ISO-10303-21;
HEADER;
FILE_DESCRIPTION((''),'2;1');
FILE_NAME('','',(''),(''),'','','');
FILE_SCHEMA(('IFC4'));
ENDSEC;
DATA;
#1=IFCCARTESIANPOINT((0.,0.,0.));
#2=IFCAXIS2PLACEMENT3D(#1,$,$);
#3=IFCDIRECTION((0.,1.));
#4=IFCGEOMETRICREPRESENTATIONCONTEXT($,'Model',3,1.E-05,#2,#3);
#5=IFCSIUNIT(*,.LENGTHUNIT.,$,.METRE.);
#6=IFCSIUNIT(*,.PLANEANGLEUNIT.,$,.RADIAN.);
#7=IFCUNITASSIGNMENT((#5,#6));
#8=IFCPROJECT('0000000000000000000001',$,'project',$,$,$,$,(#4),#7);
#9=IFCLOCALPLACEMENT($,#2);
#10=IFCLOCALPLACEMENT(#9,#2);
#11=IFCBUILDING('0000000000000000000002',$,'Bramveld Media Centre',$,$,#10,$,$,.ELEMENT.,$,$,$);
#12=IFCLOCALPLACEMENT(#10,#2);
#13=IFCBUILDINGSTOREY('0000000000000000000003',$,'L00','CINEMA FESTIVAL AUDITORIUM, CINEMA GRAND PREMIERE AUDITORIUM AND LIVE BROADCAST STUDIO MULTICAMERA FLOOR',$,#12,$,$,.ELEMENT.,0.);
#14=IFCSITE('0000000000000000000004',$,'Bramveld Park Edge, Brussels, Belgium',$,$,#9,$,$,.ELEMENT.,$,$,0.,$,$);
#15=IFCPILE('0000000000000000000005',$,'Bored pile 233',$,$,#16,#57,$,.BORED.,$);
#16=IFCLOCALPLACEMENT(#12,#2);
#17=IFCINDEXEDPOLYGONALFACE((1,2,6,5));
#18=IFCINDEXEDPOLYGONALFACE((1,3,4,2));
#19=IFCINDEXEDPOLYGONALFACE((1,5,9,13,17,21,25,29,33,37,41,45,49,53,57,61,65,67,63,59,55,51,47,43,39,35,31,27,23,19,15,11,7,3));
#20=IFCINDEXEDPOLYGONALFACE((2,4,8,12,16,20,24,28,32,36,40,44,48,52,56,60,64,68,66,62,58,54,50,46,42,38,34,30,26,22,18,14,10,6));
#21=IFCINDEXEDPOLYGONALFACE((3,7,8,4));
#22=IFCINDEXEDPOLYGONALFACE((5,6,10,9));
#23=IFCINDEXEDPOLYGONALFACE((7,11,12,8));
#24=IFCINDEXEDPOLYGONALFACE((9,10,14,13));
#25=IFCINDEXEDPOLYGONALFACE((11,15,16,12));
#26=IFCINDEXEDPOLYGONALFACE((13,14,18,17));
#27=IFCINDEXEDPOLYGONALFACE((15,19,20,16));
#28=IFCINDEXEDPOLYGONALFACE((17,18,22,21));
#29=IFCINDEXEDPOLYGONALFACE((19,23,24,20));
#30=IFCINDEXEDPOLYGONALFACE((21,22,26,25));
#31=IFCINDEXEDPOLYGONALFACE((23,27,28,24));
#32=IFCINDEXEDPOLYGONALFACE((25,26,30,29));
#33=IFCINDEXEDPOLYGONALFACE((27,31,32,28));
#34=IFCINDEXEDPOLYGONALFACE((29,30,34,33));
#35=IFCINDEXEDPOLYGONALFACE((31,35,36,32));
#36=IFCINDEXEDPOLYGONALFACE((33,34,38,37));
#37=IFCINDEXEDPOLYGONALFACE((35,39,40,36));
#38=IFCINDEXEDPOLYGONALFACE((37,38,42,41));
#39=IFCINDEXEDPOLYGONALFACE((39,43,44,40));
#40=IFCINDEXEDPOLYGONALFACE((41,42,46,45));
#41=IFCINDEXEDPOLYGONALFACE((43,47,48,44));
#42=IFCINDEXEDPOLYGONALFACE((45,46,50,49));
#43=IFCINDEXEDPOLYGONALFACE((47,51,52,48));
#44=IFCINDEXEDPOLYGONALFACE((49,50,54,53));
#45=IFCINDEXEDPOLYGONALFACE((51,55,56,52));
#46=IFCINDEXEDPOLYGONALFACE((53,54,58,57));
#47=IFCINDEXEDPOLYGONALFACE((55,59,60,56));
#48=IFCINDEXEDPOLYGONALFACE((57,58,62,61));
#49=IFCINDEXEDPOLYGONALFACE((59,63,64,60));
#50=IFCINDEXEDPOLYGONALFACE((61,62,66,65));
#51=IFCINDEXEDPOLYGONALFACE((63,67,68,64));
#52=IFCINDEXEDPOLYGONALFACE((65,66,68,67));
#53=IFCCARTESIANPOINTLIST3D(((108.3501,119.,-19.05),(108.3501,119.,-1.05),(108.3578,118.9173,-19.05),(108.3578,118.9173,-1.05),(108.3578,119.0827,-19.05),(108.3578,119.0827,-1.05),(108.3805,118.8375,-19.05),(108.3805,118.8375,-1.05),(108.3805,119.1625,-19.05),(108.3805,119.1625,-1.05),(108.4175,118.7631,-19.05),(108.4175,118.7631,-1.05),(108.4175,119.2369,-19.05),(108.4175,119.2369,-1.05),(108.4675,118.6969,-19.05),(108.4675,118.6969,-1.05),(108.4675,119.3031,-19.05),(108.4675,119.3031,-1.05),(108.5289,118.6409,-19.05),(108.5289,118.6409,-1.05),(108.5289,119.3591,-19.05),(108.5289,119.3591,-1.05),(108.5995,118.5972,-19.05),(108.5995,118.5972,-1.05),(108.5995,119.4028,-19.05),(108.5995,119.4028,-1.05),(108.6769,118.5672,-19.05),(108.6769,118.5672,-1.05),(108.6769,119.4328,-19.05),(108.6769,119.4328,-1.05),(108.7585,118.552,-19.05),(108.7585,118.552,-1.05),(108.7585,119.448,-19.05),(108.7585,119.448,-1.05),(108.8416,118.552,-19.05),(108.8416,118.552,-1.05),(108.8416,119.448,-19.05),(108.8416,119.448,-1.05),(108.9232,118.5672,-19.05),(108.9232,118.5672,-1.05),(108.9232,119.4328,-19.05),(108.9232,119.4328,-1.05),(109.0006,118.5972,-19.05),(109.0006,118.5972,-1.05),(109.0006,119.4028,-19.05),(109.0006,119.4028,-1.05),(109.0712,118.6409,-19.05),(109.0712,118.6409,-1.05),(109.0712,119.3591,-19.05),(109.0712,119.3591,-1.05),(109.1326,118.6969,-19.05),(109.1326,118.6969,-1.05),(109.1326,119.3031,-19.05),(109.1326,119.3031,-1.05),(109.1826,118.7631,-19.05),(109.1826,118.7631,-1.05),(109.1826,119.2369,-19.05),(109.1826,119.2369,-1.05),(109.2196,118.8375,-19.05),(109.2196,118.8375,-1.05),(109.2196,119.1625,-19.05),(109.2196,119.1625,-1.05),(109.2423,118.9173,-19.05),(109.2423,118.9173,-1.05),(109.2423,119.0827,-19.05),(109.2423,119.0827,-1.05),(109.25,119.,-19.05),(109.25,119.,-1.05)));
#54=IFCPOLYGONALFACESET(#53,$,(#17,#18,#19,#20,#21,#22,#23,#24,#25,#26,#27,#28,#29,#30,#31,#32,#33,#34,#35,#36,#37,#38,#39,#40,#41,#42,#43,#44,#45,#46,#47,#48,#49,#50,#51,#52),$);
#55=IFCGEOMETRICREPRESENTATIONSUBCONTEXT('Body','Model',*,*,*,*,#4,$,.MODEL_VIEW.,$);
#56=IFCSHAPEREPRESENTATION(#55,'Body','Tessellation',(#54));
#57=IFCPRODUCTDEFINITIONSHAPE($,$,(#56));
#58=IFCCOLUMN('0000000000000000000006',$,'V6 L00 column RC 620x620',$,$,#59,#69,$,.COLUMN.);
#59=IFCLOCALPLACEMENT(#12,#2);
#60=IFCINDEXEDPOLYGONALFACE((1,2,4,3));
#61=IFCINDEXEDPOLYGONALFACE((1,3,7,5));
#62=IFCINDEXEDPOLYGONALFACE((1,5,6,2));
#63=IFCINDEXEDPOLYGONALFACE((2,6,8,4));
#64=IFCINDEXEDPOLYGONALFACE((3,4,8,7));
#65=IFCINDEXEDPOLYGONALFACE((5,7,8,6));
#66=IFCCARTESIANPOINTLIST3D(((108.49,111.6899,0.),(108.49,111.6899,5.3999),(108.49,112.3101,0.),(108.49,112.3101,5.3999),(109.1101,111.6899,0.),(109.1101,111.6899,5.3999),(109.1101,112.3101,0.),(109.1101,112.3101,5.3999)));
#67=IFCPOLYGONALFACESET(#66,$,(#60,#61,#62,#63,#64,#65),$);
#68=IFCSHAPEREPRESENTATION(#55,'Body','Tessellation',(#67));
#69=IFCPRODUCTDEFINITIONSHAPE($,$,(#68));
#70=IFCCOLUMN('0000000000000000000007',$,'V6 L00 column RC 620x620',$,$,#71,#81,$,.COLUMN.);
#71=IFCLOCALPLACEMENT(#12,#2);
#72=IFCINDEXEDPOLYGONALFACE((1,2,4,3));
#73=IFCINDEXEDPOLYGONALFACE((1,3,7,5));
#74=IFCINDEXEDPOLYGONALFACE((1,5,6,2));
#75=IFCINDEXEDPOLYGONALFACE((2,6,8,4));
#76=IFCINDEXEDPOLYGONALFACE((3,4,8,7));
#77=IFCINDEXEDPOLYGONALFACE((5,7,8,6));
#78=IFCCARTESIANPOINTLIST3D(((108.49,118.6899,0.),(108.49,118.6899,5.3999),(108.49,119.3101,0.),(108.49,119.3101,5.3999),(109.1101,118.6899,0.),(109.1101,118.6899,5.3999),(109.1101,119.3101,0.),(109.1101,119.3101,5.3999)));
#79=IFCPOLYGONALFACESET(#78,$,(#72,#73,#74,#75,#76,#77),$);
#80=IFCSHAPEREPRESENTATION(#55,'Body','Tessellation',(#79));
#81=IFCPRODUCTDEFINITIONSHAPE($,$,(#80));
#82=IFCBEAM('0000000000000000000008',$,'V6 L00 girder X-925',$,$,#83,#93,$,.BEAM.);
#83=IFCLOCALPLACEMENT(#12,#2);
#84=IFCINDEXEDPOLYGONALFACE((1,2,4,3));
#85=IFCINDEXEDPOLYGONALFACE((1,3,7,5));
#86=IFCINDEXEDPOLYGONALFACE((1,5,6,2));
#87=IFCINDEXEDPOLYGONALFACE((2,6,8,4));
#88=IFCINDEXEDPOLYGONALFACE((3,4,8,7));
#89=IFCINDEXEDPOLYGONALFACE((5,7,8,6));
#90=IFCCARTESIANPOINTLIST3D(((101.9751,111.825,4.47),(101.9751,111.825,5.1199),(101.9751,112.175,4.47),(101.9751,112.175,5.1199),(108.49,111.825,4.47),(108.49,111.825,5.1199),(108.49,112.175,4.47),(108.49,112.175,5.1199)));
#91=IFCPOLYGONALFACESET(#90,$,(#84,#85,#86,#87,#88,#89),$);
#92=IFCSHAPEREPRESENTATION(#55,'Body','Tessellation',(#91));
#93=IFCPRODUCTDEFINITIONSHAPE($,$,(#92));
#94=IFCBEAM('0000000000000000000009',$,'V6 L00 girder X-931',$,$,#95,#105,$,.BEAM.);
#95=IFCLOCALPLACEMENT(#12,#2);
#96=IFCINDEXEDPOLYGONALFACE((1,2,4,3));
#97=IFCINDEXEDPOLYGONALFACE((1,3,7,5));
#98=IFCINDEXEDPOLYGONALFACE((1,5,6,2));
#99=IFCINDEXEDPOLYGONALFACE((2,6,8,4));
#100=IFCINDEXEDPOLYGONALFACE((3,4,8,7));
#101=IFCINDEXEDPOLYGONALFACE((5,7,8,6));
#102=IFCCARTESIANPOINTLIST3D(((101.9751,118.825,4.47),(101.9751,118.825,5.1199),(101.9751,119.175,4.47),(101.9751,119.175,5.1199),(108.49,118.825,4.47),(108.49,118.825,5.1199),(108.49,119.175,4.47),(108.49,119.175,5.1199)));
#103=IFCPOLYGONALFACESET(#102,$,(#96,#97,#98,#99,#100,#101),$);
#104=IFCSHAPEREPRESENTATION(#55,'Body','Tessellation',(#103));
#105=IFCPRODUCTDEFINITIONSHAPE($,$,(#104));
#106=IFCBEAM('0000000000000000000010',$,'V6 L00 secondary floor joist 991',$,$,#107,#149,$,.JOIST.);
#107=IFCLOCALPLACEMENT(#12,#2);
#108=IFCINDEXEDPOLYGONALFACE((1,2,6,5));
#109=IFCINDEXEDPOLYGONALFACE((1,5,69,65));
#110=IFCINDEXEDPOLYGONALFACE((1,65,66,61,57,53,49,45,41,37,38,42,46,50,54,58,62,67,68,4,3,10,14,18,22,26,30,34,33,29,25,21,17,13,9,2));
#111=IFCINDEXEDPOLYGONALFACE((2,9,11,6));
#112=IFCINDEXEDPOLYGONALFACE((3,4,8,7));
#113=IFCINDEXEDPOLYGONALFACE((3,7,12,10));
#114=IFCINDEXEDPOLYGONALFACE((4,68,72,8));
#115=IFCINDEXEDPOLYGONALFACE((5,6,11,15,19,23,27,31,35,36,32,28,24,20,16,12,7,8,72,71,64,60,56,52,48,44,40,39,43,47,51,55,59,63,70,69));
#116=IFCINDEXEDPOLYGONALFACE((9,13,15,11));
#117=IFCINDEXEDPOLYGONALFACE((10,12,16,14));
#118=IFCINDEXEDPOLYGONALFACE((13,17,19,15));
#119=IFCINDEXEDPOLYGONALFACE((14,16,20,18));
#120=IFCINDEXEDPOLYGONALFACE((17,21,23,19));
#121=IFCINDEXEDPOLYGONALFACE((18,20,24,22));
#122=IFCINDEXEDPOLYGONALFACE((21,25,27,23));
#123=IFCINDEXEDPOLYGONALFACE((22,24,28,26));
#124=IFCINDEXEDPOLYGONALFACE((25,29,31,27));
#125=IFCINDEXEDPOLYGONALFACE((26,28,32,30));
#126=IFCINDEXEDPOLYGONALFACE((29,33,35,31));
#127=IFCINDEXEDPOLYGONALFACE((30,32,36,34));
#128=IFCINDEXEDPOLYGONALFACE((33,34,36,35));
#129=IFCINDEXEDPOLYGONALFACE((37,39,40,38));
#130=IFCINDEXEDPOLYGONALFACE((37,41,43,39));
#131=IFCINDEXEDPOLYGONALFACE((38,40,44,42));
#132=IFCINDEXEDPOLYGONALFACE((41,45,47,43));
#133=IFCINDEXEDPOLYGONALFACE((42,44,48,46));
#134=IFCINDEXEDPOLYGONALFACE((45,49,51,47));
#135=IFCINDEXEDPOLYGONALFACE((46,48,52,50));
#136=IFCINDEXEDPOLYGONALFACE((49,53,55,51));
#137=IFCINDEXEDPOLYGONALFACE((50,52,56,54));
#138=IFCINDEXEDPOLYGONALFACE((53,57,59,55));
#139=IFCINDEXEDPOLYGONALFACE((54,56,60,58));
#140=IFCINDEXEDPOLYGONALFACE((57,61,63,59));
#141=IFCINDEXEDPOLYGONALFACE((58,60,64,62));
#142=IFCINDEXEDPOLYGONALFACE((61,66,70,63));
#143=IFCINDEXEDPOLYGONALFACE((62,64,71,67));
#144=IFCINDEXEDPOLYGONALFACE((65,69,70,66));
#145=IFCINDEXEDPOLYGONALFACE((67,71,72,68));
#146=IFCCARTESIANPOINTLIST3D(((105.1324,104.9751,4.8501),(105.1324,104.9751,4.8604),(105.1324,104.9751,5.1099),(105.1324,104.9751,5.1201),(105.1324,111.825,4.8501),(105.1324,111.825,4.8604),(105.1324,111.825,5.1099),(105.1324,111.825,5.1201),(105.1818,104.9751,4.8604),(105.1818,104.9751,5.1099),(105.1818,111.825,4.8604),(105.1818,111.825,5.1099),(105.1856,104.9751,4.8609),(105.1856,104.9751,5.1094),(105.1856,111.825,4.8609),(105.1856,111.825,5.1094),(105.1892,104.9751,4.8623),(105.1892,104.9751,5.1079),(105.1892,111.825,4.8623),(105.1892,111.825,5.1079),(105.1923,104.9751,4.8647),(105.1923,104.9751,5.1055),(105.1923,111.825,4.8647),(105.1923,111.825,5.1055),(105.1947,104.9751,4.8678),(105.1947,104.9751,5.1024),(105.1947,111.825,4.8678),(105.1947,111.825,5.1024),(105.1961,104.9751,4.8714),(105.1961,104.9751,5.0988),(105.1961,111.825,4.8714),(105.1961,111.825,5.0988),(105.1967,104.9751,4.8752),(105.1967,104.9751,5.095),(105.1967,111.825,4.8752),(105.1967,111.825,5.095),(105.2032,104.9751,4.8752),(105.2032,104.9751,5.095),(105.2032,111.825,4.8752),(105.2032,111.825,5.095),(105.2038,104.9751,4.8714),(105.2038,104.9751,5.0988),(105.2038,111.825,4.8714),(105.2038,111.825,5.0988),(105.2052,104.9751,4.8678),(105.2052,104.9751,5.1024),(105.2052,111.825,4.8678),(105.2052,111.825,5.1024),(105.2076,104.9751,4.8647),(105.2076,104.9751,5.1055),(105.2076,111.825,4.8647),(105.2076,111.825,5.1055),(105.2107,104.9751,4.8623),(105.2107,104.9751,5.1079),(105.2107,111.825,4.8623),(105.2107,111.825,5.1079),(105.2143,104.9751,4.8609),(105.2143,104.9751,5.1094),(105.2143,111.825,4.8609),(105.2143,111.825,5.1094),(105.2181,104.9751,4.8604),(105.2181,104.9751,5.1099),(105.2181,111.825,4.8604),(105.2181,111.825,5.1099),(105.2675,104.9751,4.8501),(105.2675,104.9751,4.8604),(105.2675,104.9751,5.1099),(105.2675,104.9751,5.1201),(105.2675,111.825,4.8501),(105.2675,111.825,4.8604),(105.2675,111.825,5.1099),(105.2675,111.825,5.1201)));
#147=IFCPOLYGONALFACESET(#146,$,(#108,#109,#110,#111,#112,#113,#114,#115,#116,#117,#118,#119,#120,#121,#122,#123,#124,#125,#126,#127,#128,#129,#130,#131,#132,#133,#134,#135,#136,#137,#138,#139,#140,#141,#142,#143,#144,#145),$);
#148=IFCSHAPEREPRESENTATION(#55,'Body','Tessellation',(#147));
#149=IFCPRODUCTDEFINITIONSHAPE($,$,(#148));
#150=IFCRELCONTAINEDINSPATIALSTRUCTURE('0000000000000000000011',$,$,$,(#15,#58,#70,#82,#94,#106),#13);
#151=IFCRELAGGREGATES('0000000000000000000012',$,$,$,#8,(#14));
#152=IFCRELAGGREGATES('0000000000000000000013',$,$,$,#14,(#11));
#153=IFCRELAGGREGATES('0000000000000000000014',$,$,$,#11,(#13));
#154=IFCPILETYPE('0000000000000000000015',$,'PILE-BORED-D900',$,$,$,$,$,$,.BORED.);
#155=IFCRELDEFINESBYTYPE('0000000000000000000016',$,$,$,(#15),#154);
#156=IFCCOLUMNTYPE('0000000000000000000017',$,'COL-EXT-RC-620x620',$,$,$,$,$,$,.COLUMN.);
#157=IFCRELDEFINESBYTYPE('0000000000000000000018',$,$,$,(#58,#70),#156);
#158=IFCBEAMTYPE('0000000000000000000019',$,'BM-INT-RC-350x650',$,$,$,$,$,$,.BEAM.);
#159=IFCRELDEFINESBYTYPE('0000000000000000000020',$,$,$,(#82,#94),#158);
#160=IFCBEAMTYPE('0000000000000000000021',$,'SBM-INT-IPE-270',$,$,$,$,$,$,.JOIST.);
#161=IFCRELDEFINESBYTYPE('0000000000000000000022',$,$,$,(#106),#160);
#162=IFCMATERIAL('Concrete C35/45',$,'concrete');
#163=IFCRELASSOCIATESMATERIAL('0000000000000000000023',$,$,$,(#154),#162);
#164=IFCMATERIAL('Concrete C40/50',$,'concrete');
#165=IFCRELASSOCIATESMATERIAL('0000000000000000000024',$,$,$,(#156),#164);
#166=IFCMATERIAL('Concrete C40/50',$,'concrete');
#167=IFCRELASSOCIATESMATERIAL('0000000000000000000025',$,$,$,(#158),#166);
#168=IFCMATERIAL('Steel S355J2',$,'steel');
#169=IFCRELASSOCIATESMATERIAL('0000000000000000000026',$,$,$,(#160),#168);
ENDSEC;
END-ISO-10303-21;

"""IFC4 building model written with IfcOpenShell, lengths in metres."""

from ifc_helpers import new_model, si_unit, direction, frame, origin, origin_2d, place, context, subcontext, project, spatial, rectangle, circle, i_section, extrude, material, material_profile, profile_set, type_object, element, save


model = new_model("IFC4")

# Units and contexts
model_context = context("Model", 3, precision=1e-05, world=origin(), true_north=direction((0.0, 1.0)))
body_context = subcontext(model_context, "Body", "Model", "MODEL_VIEW")
ifc_project = project(units=[si_unit("LENGTHUNIT", "METRE"), si_unit("PLANEANGLEUNIT", "RADIAN")], contexts=[model_context])

# Site, building, storey
site_placement = place(None, origin())
site = spatial("IfcSite", under=ifc_project, at=site_placement, Name="Bramveld Park Edge, Brussels, Belgium", CompositionType="ELEMENT", RefElevation=0.0)
building_placement = place(site_placement, origin())
building = spatial("IfcBuilding", under=site, at=building_placement, Name="Bramveld Media Centre", CompositionType="ELEMENT")
storey_placement = place(building_placement, origin())
storey = spatial("IfcBuildingStorey", under=building, at=storey_placement, Name="L00", Description="CINEMA FESTIVAL AUDITORIUM, CINEMA GRAND PREMIERE AUDITORIUM AND LIVE BROADCAST STUDIO MULTICAMERA FLOOR", CompositionType="ELEMENT", Elevation=0.0)

# Pile
ifc_material_1 = material(Name="Concrete C35/45", Category="concrete")
ifc_material_profile_1 = material_profile(ifc_material_1, circle(Radius=0.45, at=origin_2d()), Name="BORED D900")
ifc_profile_set_1 = profile_set([ifc_material_profile_1], Name="Concrete C35/45")
pile_type = type_object("IfcPileType", Name="PILE-BORED-D900", PredefinedType="BORED", material=ifc_profile_set_1)
for number, where, z_axis, x_axis, name in (
    (1, (108.8, 119.0, -1.05), (0.0, 0.0, -1.0), (1.0, 0.0, 0.0), "Bored pile 233"),
):
    element("IfcPile", number, at=place(storey_placement, frame(where, z_axis=z_axis, x_axis=x_axis)), inside=storey, type_object=pile_type, Name=name, PredefinedType="BORED", context=body_context, shape_type="SweptSolid", body=[
        extrude(circle(Radius=0.45, at=origin_2d()), origin(), (0.0, 0.0, 1.0), 18.0),
    ])

# Columns
ifc_material_2 = material(Name="Concrete C40/50", Category="concrete")
ifc_material_profile_2 = material_profile(ifc_material_2, rectangle(XDim=0.6201, YDim=0.6201, at=origin_2d()), Name="RC 620x620")
ifc_profile_set_2 = profile_set([ifc_material_profile_2], Name="Concrete C40/50")
column_type = type_object("IfcColumnType", Name="COL-EXT-RC-620x620", PredefinedType="COLUMN", material=ifc_profile_set_2)
for number, where, z_axis, x_axis, name in (
    (2, (108.8, 112.0, 0.0), (0.0, 0.0, 1.0), (1.0, 0.0, 0.0), "V6 L00 column RC 620x620"),
    (3, (108.8, 119.0, 0.0), (0.0, 0.0, 1.0), (1.0, 0.0, 0.0), "V6 L00 column RC 620x620"),
):
    element("IfcColumn", number, at=place(storey_placement, frame(where, z_axis=z_axis, x_axis=x_axis)), inside=storey, type_object=column_type, Name=name, PredefinedType="COLUMN", context=body_context, shape_type="SweptSolid", body=[
        extrude(rectangle(XDim=0.6201, YDim=0.6201, at=origin_2d()), origin(), (0.0, 0.0, 1.0), 5.3999),
    ])

# Beams
ifc_material_3 = material(Name="Concrete C40/50", Category="concrete")
ifc_material_profile_3 = material_profile(ifc_material_3, rectangle(XDim=0.3501, YDim=0.6499, at=origin_2d()), Name="RC 350x650")
ifc_profile_set_3 = profile_set([ifc_material_profile_3], Name="Concrete C40/50")
beam_type_1 = type_object("IfcBeamType", Name="BM-INT-RC-350x650", PredefinedType="BEAM", material=ifc_profile_set_3)
for number, where, z_axis, x_axis, name in (
    (4, (101.9751, 112.0, 4.7949), (1.0, 0.0, 0.0), (0.0, 1.0, 0.0), "V6 L00 girder X-925"),
    (5, (101.9751, 119.0, 4.7949), (1.0, 0.0, 0.0), (0.0, 1.0, 0.0), "V6 L00 girder X-931"),
):
    element("IfcBeam", number, at=place(storey_placement, frame(where, z_axis=z_axis, x_axis=x_axis)), inside=storey, type_object=beam_type_1, Name=name, PredefinedType="BEAM", context=body_context, shape_type="SweptSolid", body=[
        extrude(rectangle(XDim=0.3501, YDim=0.6499, at=origin_2d()), origin(), (0.0, 0.0, 1.0), 6.5149),
    ])
ifc_material_4 = material(Name="Steel S355J2", Category="steel")
ifc_material_profile_4 = material_profile(ifc_material_4, i_section(OverallWidth=0.135, OverallDepth=0.27, WebThickness=0.0066, FlangeThickness=0.0103, FilletRadius=0.0149, at=origin_2d()), Name="IPE 270")
ifc_profile_set_4 = profile_set([ifc_material_profile_4], Name="Steel S355J2")
beam_type_2 = type_object("IfcBeamType", Name="SBM-INT-IPE-270", PredefinedType="JOIST", material=ifc_profile_set_4)
beam_1_placement = place(storey_placement, frame((105.2, 104.9751, 4.9851), z_axis=(0.0, 1.0, 0.0), x_axis=(-1.0, 0.0, 0.0)))
element("IfcBeam", 6, at=beam_1_placement, inside=storey, type_object=beam_type_2, Name="V6 L00 secondary floor joist 991", PredefinedType="JOIST", context=body_context, shape_type="SweptSolid", body=[
    extrude(i_section(OverallWidth=0.135, OverallDepth=0.27, WebThickness=0.0066, FlangeThickness=0.0103, FilletRadius=0.0149, at=origin_2d()), origin(), (0.0, 0.0, 1.0), 6.8499),
])

save(model, "model.ifc")
